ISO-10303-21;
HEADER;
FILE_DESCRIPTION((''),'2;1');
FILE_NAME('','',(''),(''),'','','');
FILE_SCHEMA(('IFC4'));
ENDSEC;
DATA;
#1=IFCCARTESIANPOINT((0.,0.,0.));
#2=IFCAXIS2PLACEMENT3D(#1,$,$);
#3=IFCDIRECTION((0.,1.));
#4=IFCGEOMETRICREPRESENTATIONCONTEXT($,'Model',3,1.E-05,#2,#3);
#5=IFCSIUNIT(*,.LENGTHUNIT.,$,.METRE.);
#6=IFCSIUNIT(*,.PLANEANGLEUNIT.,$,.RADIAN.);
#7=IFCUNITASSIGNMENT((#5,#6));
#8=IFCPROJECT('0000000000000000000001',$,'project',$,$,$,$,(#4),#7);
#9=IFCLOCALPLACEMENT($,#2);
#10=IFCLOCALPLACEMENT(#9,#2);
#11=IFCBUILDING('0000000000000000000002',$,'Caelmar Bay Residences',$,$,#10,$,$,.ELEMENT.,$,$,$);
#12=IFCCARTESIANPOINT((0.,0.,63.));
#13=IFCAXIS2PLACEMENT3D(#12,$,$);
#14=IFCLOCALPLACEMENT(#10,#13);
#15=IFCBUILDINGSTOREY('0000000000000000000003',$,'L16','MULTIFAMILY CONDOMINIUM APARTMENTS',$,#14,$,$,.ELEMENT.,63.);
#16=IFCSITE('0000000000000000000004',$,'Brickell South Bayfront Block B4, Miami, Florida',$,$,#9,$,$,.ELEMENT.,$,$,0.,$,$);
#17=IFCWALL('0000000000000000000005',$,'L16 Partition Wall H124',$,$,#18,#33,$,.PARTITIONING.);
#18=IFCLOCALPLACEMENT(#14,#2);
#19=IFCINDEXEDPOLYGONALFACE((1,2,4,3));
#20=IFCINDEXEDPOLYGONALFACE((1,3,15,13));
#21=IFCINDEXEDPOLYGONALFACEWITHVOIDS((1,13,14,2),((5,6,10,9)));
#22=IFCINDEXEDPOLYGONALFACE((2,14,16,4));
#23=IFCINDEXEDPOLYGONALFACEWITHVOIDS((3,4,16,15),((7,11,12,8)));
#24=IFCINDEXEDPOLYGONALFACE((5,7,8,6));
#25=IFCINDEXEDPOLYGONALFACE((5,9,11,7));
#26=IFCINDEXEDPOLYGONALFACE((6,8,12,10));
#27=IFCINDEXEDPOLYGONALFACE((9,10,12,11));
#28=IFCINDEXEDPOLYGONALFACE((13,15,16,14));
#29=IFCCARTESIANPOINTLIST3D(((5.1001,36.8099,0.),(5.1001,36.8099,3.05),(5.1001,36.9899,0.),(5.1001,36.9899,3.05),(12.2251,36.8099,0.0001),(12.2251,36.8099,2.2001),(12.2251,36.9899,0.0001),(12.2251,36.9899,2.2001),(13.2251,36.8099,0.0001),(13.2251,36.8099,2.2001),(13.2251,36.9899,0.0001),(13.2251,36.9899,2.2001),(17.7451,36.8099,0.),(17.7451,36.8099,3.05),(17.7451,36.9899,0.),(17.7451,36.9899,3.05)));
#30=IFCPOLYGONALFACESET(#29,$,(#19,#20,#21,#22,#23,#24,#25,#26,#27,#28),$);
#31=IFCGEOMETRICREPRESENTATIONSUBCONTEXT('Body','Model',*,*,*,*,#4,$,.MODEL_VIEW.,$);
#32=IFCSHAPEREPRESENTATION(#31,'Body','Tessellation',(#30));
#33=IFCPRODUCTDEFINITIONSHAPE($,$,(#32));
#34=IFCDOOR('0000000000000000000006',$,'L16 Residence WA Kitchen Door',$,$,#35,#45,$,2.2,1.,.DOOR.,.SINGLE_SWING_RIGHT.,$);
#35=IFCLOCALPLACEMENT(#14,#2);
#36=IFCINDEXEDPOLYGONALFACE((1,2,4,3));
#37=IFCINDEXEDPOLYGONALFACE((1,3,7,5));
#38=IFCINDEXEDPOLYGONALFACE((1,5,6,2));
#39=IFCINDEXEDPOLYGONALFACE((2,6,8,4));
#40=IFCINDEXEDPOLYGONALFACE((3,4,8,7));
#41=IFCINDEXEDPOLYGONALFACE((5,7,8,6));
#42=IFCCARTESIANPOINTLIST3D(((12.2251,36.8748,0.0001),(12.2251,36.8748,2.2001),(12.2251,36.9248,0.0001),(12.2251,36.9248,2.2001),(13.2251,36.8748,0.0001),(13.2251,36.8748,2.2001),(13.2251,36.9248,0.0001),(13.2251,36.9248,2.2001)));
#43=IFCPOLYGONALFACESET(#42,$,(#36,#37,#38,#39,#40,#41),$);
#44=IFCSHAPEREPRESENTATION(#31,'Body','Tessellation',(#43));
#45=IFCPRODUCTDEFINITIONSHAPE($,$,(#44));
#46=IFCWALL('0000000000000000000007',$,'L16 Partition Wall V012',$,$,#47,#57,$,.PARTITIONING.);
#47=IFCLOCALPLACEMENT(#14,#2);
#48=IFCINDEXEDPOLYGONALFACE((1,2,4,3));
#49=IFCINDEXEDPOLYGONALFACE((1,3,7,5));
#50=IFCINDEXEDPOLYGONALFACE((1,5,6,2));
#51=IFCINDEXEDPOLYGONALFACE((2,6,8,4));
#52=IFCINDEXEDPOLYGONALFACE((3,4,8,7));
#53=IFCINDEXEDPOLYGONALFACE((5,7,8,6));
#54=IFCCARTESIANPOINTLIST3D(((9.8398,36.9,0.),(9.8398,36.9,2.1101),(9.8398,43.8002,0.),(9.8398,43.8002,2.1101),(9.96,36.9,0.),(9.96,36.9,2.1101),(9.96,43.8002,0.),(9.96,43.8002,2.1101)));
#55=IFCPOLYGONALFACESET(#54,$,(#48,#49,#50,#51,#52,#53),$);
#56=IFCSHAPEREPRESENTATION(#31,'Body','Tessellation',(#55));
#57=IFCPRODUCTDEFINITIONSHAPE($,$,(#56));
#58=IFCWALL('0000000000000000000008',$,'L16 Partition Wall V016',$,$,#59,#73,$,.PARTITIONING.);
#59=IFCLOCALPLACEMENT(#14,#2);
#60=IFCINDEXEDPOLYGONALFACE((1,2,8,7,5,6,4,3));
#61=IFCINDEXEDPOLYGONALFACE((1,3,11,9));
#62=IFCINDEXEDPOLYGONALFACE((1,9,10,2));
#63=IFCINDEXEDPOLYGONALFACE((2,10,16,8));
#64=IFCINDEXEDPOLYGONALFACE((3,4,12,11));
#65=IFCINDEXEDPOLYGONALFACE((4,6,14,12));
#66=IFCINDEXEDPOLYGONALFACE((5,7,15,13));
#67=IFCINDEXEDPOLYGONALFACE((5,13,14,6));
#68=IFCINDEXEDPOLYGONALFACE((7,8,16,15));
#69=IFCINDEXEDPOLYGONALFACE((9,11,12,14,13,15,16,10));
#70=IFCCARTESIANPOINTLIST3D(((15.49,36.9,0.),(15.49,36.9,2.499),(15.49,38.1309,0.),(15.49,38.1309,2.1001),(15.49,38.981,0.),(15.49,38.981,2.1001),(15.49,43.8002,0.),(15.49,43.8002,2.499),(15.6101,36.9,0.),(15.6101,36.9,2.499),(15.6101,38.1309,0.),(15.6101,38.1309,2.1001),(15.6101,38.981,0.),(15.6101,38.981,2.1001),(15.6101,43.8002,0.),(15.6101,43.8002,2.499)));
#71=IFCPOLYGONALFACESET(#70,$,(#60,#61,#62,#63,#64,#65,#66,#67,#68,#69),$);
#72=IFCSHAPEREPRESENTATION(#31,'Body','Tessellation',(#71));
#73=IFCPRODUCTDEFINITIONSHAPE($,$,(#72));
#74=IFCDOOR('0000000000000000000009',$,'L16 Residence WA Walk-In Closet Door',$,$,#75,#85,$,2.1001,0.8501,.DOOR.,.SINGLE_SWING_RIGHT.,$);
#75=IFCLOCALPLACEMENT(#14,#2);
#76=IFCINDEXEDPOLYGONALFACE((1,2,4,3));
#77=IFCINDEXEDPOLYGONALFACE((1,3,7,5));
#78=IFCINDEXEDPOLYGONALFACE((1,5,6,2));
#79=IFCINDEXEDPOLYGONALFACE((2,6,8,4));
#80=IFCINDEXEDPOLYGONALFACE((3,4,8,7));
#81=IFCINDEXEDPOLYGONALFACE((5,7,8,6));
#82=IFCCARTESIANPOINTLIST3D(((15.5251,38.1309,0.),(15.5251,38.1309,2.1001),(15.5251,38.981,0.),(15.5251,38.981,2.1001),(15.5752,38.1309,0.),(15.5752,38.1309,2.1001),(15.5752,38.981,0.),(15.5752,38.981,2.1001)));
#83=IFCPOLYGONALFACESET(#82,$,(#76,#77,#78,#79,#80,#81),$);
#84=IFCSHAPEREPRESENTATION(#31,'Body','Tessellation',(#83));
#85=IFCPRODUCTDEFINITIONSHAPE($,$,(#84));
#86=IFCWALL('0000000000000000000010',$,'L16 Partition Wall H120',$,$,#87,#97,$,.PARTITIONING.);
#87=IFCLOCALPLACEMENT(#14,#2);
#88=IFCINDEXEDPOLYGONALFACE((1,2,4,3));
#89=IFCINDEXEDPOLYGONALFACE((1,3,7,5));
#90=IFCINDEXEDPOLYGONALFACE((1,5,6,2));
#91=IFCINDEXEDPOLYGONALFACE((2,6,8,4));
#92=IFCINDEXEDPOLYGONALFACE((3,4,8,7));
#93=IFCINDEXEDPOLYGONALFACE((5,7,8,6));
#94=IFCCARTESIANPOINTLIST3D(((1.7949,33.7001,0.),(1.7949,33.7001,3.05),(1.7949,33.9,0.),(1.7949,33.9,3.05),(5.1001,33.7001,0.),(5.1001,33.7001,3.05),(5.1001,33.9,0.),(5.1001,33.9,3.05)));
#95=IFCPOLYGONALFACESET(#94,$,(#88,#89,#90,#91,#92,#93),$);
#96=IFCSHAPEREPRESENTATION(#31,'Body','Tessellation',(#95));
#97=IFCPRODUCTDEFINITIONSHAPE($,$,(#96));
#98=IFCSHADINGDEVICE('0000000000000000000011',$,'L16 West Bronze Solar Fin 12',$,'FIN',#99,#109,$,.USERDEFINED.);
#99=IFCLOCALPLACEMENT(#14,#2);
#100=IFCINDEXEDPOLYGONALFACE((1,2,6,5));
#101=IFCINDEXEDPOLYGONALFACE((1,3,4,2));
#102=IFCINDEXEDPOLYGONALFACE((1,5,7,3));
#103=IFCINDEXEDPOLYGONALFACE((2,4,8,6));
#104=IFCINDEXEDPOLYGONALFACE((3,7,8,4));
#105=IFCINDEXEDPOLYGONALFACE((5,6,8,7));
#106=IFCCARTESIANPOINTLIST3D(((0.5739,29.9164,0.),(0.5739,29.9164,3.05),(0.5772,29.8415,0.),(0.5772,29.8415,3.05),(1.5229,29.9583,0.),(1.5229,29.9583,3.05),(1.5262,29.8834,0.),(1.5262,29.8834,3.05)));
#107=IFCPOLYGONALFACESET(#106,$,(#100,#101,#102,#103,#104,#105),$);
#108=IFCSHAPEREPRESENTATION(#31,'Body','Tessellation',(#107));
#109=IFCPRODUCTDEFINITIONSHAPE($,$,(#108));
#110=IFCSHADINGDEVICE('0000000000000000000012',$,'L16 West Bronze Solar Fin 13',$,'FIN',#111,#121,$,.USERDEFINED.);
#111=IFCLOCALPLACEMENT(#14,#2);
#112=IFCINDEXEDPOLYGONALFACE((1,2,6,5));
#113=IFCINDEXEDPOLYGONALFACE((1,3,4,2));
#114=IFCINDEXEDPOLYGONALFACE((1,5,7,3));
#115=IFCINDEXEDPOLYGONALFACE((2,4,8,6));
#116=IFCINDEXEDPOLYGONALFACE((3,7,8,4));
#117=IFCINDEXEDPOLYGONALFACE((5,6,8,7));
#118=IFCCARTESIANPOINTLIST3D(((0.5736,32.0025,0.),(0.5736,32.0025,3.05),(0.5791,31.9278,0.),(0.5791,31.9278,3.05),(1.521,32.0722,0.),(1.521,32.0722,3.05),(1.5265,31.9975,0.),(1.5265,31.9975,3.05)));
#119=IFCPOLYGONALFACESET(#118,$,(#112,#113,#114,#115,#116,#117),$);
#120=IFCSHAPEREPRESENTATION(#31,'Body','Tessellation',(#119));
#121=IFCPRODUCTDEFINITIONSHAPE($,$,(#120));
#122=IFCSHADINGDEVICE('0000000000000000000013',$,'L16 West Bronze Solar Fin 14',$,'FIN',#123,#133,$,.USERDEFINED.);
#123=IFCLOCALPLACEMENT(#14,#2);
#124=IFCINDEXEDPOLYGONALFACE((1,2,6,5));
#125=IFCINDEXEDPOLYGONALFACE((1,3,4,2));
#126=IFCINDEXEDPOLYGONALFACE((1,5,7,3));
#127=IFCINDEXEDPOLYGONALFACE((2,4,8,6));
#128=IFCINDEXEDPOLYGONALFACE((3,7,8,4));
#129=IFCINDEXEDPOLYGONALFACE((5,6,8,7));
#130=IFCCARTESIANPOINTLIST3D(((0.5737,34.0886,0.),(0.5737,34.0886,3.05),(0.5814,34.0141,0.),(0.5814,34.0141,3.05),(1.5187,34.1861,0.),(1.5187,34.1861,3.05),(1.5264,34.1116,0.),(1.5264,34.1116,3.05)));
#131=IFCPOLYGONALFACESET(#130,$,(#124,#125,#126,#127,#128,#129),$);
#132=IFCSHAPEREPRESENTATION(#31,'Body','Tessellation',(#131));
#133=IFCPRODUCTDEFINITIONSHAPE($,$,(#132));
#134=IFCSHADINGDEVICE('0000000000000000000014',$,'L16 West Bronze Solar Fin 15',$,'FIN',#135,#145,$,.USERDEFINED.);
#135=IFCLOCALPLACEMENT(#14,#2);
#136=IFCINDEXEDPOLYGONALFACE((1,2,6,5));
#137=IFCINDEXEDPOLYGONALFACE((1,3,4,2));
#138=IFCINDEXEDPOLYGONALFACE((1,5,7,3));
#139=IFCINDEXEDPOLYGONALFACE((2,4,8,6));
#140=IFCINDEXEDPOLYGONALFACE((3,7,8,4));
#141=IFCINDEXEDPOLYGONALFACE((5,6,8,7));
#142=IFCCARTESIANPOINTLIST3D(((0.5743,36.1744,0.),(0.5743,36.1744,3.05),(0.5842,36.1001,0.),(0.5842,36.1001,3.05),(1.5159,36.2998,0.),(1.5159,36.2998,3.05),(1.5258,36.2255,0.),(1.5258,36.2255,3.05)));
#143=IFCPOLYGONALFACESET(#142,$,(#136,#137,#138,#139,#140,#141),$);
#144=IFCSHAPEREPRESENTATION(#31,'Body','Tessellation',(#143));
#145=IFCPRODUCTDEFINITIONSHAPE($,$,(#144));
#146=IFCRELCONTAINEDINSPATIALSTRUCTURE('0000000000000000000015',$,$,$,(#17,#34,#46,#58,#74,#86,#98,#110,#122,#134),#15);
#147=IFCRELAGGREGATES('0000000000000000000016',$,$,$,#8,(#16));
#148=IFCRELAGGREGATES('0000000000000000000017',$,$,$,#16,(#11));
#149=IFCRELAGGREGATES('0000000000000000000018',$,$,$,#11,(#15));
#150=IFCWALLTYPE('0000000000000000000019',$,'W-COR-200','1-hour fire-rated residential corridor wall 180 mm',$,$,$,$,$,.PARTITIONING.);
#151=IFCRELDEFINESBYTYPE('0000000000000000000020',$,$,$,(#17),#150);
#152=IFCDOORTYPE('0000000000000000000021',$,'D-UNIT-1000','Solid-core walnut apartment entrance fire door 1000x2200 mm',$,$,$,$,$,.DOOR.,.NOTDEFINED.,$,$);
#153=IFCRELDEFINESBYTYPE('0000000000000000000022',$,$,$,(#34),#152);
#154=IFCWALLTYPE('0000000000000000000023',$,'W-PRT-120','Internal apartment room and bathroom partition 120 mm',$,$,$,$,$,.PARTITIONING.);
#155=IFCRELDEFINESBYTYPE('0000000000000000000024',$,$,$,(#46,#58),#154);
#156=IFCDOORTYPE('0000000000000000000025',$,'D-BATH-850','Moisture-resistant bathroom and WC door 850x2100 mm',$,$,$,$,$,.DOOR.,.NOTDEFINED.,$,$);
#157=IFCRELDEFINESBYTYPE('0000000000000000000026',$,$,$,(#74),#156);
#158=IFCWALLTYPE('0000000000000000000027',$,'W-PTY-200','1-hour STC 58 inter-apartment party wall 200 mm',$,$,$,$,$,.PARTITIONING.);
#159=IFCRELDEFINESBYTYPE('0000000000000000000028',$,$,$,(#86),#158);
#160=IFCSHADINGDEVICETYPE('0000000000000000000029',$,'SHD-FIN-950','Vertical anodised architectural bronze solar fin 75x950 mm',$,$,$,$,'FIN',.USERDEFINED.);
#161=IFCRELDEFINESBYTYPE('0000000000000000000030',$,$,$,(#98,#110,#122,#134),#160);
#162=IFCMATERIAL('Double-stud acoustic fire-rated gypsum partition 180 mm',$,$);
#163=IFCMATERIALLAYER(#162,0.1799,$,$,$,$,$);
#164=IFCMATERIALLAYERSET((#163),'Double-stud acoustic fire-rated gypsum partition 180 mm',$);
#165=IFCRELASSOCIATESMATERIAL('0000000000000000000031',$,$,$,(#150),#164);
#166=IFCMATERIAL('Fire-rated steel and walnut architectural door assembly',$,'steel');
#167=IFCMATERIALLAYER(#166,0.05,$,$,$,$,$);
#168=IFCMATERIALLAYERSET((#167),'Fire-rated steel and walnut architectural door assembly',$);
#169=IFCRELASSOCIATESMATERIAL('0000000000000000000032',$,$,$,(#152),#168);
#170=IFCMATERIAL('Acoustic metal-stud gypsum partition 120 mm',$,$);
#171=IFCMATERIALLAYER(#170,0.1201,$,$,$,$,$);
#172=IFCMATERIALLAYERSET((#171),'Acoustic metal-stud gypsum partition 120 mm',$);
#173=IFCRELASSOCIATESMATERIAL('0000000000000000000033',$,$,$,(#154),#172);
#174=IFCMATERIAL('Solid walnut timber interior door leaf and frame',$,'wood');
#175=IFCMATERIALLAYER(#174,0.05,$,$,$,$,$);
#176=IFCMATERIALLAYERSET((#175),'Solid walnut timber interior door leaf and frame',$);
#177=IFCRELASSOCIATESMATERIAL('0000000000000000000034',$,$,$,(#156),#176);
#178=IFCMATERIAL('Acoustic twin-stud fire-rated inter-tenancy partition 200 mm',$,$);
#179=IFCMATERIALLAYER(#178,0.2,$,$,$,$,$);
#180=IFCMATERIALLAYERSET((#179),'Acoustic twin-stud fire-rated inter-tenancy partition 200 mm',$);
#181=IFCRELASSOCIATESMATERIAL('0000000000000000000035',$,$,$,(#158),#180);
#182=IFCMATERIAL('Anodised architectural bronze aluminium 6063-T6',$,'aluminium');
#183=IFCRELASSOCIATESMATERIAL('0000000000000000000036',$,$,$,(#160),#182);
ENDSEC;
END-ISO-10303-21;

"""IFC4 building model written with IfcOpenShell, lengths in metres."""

from ifc_helpers import new_model, si_unit, direction, frame, frame_2d, origin, origin_2d, place, context, subcontext, project, spatial, rectangle, extrude, material, layer, layer_set, material_profile, profile_set, type_object, element, fill, save


model = new_model("IFC4")

# Units and contexts
model_context = context("Model", 3, precision=1e-05, world=origin(), true_north=direction((0.0, 1.0)))
body_context = subcontext(model_context, "Body", "Model", "MODEL_VIEW")
ifc_project = project(units=[si_unit("LENGTHUNIT", "METRE"), si_unit("PLANEANGLEUNIT", "RADIAN")], contexts=[model_context])

# Site, building, storey
site_placement = place(None, origin())
site = spatial("IfcSite", under=ifc_project, at=site_placement, Name="Brickell South Bayfront Block B4, Miami, Florida", CompositionType="ELEMENT", RefElevation=0.0)
building_placement = place(site_placement, origin())
building = spatial("IfcBuilding", under=site, at=building_placement, Name="Caelmar Bay Residences", CompositionType="ELEMENT")
storey_placement = place(building_placement, frame((0.0, 0.0, 63.0)))
storey = spatial("IfcBuildingStorey", under=building, at=storey_placement, Name="L16", Description="MULTIFAMILY CONDOMINIUM APARTMENTS", CompositionType="ELEMENT", Elevation=63.0)

# Shared definitions
ifc_material_1 = material(Name="Fire-rated steel and walnut architectural door assembly", Category="steel")

# Shared definitions
ifc_material_2 = material(Name="Double-stud acoustic fire-rated gypsum partition 180 mm")
ifc_layer_1 = layer(ifc_material_2, 0.1799)
ifc_layer_set_1 = layer_set([ifc_layer_1], Name="Double-stud acoustic fire-rated gypsum partition 180 mm")
wall_type_1 = type_object("IfcWallType", Name="W-COR-200", Description="1-hour fire-rated residential corridor wall 180 mm", PredefinedType="PARTITIONING", material=ifc_layer_set_1)

# Wall, opening, door
ifc_layer_2 = layer(ifc_material_1, 0.05)
ifc_layer_set_2 = layer_set([ifc_layer_2], Name="Fire-rated steel and walnut architectural door assembly")
door_type_1 = type_object("IfcDoorType", Name="D-UNIT-1000", Description="Solid-core walnut apartment entrance fire door 1000x2200 mm", OperationType="NOTDEFINED", PredefinedType="DOOR", material=ifc_layer_set_2)
wall_1_placement = place(storey_placement, frame((5.1001, 36.8999, 0.0), z_axis=(0.0, 0.0, 1.0), x_axis=(1.0, 0.0, 0.0)))
wall_1 = element("IfcWall", 1, at=wall_1_placement, inside=storey, type_object=wall_type_1, Name="L16 Partition Wall H124", PredefinedType="PARTITIONING", context=body_context, shape_type="SweptSolid", body=[
    extrude(rectangle(XDim=12.645, YDim=0.1799, at=frame_2d((6.3225, 0.0))), origin(), (0.0, 0.0, 1.0), 3.05),
])
opening_1_placement = place(wall_1_placement, frame((7.125, 0.0, 0.0)))
opening_1 = element("IfcOpeningElement", 2, at=opening_1_placement, cuts=wall_1, PredefinedType="OPENING", context=body_context, shape_type="SweptSolid", body=[
    extrude(rectangle(XDim=1.0, YDim=2.2, at=frame_2d((0.5, 1.1001))), frame((0.0, 0.0999, 0.0), z_axis=(0.0, -1.0, 0.0), x_axis=(1.0, 0.0, 0.0)), (0.0, 0.0, 1.0), 0.2),
])
door_1_placement = place(opening_1_placement, origin())
door_1 = element("IfcDoor", 3, at=door_1_placement, inside=storey, type_object=door_type_1, Name="L16 Residence WA Kitchen Door", OperationType="SINGLE_SWING_RIGHT", OverallHeight=2.2, OverallWidth=1.0, PredefinedType="DOOR", context=body_context, shape_type="SweptSolid", body=[
    extrude(rectangle(XDim=1.0, YDim=2.2, at=frame_2d((0.5, 1.1001))), frame((0.0, 0.0249, 0.0), z_axis=(0.0, -1.0, 0.0), x_axis=(1.0, 0.0, 0.0)), (0.0, 0.0, 1.0), 0.05),
])
fill(opening_1, door_1)

# Wall
ifc_material_3 = material(Name="Acoustic metal-stud gypsum partition 120 mm")
ifc_layer_3 = layer(ifc_material_3, 0.1201)
ifc_layer_set_3 = layer_set([ifc_layer_3], Name="Acoustic metal-stud gypsum partition 120 mm")
wall_type_2 = type_object("IfcWallType", Name="W-PRT-120", Description="Internal apartment room and bathroom partition 120 mm", PredefinedType="PARTITIONING", material=ifc_layer_set_3)
wall_2_placement = place(storey_placement, frame((9.8999, 36.8999, 0.0), z_axis=(0.0, 0.0, 1.0), x_axis=(0.0, 1.0, 0.0)))
element("IfcWall", 4, at=wall_2_placement, inside=storey, type_object=wall_type_2, Name="L16 Partition Wall V012", PredefinedType="PARTITIONING", context=body_context, shape_type="SweptSolid", body=[
    extrude(rectangle(XDim=6.9001, YDim=0.1201, at=frame_2d((3.4502, 0.0))), origin(), (0.0, 0.0, 1.0), 2.1101),
])

# Wall, opening, door
wall_3_placement = place(storey_placement, frame((15.55, 36.8999, 0.0), z_axis=(0.0, 0.0, 1.0), x_axis=(0.0, 1.0, 0.0)))
wall_3 = element("IfcWall", 5, at=wall_3_placement, inside=storey, type_object=wall_type_2, Name="L16 Partition Wall V016", PredefinedType="PARTITIONING", context=body_context, shape_type="SweptSolid", body=[
    extrude(rectangle(XDim=6.9001, YDim=0.1201, at=frame_2d((3.4502, 0.0))), origin(), (0.0, 0.0, 1.0), 2.499),
])
opening_2_placement = place(wall_3_placement, frame((1.231, 0.0, 0.0)))
opening_2 = element("IfcOpeningElement", 6, at=opening_2_placement, cuts=wall_3, PredefinedType="OPENING", context=body_context, shape_type="SweptSolid", body=[
    extrude(rectangle(XDim=0.8501, YDim=2.1001, at=frame_2d((0.425, 1.05))), frame((0.0, 0.0701, 0.0), z_axis=(0.0, -1.0, 0.0), x_axis=(1.0, 0.0, 0.0)), (0.0, 0.0, 1.0), 0.1401),
])
ifc_material_4 = material(Name="Solid walnut timber interior door leaf and frame", Category="wood")
ifc_layer_4 = layer(ifc_material_4, 0.05)
ifc_layer_set_4 = layer_set([ifc_layer_4], Name="Solid walnut timber interior door leaf and frame")
door_type_2 = type_object("IfcDoorType", Name="D-BATH-850", Description="Moisture-resistant bathroom and WC door 850x2100 mm", OperationType="NOTDEFINED", PredefinedType="DOOR", material=ifc_layer_set_4)
door_2_placement = place(opening_2_placement, origin())
door_2 = element("IfcDoor", 7, at=door_2_placement, inside=storey, type_object=door_type_2, Name="L16 Residence WA Walk-In Closet Door", OperationType="SINGLE_SWING_RIGHT", OverallHeight=2.1001, OverallWidth=0.8501, PredefinedType="DOOR", context=body_context, shape_type="SweptSolid", body=[
    extrude(rectangle(XDim=0.8501, YDim=2.1001, at=frame_2d((0.425, 1.05))), frame((0.0, 0.0249, 0.0), z_axis=(0.0, -1.0, 0.0), x_axis=(1.0, 0.0, 0.0)), (0.0, 0.0, 1.0), 0.05),
])
fill(opening_2, door_2)

# Wall
ifc_material_5 = material(Name="Acoustic twin-stud fire-rated inter-tenancy partition 200 mm")
ifc_layer_5 = layer(ifc_material_5, 0.2)
ifc_layer_set_5 = layer_set([ifc_layer_5], Name="Acoustic twin-stud fire-rated inter-tenancy partition 200 mm")
wall_type_3 = type_object("IfcWallType", Name="W-PTY-200", Description="1-hour STC 58 inter-apartment party wall 200 mm", PredefinedType="PARTITIONING", material=ifc_layer_set_5)
wall_4_placement = place(storey_placement, frame((1.7949, 33.8, 0.0), z_axis=(0.0, 0.0, 1.0), x_axis=(1.0, 0.0, 0.0)))
element("IfcWall", 8, at=wall_4_placement, inside=storey, type_object=wall_type_3, Name="L16 Partition Wall H120", PredefinedType="PARTITIONING", context=body_context, shape_type="SweptSolid", body=[
    extrude(rectangle(XDim=3.3052, YDim=0.2, at=frame_2d((1.6526, 0.0))), origin(), (0.0, 0.0, 1.0), 3.05),
])

# Shading devices
ifc_material_6 = material(Name="Anodised architectural bronze aluminium 6063-T6", Category="aluminium")
ifc_material_profile_1 = material_profile(ifc_material_6, rectangle(XDim=0.075, YDim=0.95, at=origin_2d()), Name="BRONZE-FIN-75X950")
ifc_profile_set_1 = profile_set([ifc_material_profile_1], Name="Anodised architectural bronze aluminium 6063-T6")
shading_device_type = type_object("IfcShadingDeviceType", Name="SHD-FIN-950", Description="Vertical anodised architectural bronze solar fin 75x950 mm", ElementType="FIN", PredefinedType="USERDEFINED", material=ifc_profile_set_1)
for number, where, z_axis, x_axis, name in (
    (9, (1.05, 29.8999, 0.0), (0.0, 0.0, 1.0), (-0.044142, 0.999025, 0.0), "L16 West Bronze Solar Fin 12"),
    (10, (1.05, 32.0, 0.0), (0.0, 0.0, 1.0), (-0.073412, 0.997302, 0.0), "L16 West Bronze Solar Fin 13"),
    (11, (1.05, 34.1001, 0.0), (0.0, 0.0, 1.0), (-0.102619, 0.994721, 0.0), "L16 West Bronze Solar Fin 14"),
    (12, (1.05, 36.2, 0.0), (0.0, 0.0, 1.0), (-0.13191, 0.991262, 0.0), "L16 West Bronze Solar Fin 15"),
):
    element("IfcShadingDevice", number, at=place(storey_placement, frame(where, z_axis=z_axis, x_axis=x_axis)), inside=storey, type_object=shading_device_type, Name=name, ObjectType="FIN", PredefinedType="USERDEFINED", context=body_context, shape_type="SweptSolid", body=[
        extrude(rectangle(XDim=0.075, YDim=0.95, at=origin_2d()), origin(), (0.0, 0.0, 1.0), 3.05),
    ])

save(model, "model.ifc")
